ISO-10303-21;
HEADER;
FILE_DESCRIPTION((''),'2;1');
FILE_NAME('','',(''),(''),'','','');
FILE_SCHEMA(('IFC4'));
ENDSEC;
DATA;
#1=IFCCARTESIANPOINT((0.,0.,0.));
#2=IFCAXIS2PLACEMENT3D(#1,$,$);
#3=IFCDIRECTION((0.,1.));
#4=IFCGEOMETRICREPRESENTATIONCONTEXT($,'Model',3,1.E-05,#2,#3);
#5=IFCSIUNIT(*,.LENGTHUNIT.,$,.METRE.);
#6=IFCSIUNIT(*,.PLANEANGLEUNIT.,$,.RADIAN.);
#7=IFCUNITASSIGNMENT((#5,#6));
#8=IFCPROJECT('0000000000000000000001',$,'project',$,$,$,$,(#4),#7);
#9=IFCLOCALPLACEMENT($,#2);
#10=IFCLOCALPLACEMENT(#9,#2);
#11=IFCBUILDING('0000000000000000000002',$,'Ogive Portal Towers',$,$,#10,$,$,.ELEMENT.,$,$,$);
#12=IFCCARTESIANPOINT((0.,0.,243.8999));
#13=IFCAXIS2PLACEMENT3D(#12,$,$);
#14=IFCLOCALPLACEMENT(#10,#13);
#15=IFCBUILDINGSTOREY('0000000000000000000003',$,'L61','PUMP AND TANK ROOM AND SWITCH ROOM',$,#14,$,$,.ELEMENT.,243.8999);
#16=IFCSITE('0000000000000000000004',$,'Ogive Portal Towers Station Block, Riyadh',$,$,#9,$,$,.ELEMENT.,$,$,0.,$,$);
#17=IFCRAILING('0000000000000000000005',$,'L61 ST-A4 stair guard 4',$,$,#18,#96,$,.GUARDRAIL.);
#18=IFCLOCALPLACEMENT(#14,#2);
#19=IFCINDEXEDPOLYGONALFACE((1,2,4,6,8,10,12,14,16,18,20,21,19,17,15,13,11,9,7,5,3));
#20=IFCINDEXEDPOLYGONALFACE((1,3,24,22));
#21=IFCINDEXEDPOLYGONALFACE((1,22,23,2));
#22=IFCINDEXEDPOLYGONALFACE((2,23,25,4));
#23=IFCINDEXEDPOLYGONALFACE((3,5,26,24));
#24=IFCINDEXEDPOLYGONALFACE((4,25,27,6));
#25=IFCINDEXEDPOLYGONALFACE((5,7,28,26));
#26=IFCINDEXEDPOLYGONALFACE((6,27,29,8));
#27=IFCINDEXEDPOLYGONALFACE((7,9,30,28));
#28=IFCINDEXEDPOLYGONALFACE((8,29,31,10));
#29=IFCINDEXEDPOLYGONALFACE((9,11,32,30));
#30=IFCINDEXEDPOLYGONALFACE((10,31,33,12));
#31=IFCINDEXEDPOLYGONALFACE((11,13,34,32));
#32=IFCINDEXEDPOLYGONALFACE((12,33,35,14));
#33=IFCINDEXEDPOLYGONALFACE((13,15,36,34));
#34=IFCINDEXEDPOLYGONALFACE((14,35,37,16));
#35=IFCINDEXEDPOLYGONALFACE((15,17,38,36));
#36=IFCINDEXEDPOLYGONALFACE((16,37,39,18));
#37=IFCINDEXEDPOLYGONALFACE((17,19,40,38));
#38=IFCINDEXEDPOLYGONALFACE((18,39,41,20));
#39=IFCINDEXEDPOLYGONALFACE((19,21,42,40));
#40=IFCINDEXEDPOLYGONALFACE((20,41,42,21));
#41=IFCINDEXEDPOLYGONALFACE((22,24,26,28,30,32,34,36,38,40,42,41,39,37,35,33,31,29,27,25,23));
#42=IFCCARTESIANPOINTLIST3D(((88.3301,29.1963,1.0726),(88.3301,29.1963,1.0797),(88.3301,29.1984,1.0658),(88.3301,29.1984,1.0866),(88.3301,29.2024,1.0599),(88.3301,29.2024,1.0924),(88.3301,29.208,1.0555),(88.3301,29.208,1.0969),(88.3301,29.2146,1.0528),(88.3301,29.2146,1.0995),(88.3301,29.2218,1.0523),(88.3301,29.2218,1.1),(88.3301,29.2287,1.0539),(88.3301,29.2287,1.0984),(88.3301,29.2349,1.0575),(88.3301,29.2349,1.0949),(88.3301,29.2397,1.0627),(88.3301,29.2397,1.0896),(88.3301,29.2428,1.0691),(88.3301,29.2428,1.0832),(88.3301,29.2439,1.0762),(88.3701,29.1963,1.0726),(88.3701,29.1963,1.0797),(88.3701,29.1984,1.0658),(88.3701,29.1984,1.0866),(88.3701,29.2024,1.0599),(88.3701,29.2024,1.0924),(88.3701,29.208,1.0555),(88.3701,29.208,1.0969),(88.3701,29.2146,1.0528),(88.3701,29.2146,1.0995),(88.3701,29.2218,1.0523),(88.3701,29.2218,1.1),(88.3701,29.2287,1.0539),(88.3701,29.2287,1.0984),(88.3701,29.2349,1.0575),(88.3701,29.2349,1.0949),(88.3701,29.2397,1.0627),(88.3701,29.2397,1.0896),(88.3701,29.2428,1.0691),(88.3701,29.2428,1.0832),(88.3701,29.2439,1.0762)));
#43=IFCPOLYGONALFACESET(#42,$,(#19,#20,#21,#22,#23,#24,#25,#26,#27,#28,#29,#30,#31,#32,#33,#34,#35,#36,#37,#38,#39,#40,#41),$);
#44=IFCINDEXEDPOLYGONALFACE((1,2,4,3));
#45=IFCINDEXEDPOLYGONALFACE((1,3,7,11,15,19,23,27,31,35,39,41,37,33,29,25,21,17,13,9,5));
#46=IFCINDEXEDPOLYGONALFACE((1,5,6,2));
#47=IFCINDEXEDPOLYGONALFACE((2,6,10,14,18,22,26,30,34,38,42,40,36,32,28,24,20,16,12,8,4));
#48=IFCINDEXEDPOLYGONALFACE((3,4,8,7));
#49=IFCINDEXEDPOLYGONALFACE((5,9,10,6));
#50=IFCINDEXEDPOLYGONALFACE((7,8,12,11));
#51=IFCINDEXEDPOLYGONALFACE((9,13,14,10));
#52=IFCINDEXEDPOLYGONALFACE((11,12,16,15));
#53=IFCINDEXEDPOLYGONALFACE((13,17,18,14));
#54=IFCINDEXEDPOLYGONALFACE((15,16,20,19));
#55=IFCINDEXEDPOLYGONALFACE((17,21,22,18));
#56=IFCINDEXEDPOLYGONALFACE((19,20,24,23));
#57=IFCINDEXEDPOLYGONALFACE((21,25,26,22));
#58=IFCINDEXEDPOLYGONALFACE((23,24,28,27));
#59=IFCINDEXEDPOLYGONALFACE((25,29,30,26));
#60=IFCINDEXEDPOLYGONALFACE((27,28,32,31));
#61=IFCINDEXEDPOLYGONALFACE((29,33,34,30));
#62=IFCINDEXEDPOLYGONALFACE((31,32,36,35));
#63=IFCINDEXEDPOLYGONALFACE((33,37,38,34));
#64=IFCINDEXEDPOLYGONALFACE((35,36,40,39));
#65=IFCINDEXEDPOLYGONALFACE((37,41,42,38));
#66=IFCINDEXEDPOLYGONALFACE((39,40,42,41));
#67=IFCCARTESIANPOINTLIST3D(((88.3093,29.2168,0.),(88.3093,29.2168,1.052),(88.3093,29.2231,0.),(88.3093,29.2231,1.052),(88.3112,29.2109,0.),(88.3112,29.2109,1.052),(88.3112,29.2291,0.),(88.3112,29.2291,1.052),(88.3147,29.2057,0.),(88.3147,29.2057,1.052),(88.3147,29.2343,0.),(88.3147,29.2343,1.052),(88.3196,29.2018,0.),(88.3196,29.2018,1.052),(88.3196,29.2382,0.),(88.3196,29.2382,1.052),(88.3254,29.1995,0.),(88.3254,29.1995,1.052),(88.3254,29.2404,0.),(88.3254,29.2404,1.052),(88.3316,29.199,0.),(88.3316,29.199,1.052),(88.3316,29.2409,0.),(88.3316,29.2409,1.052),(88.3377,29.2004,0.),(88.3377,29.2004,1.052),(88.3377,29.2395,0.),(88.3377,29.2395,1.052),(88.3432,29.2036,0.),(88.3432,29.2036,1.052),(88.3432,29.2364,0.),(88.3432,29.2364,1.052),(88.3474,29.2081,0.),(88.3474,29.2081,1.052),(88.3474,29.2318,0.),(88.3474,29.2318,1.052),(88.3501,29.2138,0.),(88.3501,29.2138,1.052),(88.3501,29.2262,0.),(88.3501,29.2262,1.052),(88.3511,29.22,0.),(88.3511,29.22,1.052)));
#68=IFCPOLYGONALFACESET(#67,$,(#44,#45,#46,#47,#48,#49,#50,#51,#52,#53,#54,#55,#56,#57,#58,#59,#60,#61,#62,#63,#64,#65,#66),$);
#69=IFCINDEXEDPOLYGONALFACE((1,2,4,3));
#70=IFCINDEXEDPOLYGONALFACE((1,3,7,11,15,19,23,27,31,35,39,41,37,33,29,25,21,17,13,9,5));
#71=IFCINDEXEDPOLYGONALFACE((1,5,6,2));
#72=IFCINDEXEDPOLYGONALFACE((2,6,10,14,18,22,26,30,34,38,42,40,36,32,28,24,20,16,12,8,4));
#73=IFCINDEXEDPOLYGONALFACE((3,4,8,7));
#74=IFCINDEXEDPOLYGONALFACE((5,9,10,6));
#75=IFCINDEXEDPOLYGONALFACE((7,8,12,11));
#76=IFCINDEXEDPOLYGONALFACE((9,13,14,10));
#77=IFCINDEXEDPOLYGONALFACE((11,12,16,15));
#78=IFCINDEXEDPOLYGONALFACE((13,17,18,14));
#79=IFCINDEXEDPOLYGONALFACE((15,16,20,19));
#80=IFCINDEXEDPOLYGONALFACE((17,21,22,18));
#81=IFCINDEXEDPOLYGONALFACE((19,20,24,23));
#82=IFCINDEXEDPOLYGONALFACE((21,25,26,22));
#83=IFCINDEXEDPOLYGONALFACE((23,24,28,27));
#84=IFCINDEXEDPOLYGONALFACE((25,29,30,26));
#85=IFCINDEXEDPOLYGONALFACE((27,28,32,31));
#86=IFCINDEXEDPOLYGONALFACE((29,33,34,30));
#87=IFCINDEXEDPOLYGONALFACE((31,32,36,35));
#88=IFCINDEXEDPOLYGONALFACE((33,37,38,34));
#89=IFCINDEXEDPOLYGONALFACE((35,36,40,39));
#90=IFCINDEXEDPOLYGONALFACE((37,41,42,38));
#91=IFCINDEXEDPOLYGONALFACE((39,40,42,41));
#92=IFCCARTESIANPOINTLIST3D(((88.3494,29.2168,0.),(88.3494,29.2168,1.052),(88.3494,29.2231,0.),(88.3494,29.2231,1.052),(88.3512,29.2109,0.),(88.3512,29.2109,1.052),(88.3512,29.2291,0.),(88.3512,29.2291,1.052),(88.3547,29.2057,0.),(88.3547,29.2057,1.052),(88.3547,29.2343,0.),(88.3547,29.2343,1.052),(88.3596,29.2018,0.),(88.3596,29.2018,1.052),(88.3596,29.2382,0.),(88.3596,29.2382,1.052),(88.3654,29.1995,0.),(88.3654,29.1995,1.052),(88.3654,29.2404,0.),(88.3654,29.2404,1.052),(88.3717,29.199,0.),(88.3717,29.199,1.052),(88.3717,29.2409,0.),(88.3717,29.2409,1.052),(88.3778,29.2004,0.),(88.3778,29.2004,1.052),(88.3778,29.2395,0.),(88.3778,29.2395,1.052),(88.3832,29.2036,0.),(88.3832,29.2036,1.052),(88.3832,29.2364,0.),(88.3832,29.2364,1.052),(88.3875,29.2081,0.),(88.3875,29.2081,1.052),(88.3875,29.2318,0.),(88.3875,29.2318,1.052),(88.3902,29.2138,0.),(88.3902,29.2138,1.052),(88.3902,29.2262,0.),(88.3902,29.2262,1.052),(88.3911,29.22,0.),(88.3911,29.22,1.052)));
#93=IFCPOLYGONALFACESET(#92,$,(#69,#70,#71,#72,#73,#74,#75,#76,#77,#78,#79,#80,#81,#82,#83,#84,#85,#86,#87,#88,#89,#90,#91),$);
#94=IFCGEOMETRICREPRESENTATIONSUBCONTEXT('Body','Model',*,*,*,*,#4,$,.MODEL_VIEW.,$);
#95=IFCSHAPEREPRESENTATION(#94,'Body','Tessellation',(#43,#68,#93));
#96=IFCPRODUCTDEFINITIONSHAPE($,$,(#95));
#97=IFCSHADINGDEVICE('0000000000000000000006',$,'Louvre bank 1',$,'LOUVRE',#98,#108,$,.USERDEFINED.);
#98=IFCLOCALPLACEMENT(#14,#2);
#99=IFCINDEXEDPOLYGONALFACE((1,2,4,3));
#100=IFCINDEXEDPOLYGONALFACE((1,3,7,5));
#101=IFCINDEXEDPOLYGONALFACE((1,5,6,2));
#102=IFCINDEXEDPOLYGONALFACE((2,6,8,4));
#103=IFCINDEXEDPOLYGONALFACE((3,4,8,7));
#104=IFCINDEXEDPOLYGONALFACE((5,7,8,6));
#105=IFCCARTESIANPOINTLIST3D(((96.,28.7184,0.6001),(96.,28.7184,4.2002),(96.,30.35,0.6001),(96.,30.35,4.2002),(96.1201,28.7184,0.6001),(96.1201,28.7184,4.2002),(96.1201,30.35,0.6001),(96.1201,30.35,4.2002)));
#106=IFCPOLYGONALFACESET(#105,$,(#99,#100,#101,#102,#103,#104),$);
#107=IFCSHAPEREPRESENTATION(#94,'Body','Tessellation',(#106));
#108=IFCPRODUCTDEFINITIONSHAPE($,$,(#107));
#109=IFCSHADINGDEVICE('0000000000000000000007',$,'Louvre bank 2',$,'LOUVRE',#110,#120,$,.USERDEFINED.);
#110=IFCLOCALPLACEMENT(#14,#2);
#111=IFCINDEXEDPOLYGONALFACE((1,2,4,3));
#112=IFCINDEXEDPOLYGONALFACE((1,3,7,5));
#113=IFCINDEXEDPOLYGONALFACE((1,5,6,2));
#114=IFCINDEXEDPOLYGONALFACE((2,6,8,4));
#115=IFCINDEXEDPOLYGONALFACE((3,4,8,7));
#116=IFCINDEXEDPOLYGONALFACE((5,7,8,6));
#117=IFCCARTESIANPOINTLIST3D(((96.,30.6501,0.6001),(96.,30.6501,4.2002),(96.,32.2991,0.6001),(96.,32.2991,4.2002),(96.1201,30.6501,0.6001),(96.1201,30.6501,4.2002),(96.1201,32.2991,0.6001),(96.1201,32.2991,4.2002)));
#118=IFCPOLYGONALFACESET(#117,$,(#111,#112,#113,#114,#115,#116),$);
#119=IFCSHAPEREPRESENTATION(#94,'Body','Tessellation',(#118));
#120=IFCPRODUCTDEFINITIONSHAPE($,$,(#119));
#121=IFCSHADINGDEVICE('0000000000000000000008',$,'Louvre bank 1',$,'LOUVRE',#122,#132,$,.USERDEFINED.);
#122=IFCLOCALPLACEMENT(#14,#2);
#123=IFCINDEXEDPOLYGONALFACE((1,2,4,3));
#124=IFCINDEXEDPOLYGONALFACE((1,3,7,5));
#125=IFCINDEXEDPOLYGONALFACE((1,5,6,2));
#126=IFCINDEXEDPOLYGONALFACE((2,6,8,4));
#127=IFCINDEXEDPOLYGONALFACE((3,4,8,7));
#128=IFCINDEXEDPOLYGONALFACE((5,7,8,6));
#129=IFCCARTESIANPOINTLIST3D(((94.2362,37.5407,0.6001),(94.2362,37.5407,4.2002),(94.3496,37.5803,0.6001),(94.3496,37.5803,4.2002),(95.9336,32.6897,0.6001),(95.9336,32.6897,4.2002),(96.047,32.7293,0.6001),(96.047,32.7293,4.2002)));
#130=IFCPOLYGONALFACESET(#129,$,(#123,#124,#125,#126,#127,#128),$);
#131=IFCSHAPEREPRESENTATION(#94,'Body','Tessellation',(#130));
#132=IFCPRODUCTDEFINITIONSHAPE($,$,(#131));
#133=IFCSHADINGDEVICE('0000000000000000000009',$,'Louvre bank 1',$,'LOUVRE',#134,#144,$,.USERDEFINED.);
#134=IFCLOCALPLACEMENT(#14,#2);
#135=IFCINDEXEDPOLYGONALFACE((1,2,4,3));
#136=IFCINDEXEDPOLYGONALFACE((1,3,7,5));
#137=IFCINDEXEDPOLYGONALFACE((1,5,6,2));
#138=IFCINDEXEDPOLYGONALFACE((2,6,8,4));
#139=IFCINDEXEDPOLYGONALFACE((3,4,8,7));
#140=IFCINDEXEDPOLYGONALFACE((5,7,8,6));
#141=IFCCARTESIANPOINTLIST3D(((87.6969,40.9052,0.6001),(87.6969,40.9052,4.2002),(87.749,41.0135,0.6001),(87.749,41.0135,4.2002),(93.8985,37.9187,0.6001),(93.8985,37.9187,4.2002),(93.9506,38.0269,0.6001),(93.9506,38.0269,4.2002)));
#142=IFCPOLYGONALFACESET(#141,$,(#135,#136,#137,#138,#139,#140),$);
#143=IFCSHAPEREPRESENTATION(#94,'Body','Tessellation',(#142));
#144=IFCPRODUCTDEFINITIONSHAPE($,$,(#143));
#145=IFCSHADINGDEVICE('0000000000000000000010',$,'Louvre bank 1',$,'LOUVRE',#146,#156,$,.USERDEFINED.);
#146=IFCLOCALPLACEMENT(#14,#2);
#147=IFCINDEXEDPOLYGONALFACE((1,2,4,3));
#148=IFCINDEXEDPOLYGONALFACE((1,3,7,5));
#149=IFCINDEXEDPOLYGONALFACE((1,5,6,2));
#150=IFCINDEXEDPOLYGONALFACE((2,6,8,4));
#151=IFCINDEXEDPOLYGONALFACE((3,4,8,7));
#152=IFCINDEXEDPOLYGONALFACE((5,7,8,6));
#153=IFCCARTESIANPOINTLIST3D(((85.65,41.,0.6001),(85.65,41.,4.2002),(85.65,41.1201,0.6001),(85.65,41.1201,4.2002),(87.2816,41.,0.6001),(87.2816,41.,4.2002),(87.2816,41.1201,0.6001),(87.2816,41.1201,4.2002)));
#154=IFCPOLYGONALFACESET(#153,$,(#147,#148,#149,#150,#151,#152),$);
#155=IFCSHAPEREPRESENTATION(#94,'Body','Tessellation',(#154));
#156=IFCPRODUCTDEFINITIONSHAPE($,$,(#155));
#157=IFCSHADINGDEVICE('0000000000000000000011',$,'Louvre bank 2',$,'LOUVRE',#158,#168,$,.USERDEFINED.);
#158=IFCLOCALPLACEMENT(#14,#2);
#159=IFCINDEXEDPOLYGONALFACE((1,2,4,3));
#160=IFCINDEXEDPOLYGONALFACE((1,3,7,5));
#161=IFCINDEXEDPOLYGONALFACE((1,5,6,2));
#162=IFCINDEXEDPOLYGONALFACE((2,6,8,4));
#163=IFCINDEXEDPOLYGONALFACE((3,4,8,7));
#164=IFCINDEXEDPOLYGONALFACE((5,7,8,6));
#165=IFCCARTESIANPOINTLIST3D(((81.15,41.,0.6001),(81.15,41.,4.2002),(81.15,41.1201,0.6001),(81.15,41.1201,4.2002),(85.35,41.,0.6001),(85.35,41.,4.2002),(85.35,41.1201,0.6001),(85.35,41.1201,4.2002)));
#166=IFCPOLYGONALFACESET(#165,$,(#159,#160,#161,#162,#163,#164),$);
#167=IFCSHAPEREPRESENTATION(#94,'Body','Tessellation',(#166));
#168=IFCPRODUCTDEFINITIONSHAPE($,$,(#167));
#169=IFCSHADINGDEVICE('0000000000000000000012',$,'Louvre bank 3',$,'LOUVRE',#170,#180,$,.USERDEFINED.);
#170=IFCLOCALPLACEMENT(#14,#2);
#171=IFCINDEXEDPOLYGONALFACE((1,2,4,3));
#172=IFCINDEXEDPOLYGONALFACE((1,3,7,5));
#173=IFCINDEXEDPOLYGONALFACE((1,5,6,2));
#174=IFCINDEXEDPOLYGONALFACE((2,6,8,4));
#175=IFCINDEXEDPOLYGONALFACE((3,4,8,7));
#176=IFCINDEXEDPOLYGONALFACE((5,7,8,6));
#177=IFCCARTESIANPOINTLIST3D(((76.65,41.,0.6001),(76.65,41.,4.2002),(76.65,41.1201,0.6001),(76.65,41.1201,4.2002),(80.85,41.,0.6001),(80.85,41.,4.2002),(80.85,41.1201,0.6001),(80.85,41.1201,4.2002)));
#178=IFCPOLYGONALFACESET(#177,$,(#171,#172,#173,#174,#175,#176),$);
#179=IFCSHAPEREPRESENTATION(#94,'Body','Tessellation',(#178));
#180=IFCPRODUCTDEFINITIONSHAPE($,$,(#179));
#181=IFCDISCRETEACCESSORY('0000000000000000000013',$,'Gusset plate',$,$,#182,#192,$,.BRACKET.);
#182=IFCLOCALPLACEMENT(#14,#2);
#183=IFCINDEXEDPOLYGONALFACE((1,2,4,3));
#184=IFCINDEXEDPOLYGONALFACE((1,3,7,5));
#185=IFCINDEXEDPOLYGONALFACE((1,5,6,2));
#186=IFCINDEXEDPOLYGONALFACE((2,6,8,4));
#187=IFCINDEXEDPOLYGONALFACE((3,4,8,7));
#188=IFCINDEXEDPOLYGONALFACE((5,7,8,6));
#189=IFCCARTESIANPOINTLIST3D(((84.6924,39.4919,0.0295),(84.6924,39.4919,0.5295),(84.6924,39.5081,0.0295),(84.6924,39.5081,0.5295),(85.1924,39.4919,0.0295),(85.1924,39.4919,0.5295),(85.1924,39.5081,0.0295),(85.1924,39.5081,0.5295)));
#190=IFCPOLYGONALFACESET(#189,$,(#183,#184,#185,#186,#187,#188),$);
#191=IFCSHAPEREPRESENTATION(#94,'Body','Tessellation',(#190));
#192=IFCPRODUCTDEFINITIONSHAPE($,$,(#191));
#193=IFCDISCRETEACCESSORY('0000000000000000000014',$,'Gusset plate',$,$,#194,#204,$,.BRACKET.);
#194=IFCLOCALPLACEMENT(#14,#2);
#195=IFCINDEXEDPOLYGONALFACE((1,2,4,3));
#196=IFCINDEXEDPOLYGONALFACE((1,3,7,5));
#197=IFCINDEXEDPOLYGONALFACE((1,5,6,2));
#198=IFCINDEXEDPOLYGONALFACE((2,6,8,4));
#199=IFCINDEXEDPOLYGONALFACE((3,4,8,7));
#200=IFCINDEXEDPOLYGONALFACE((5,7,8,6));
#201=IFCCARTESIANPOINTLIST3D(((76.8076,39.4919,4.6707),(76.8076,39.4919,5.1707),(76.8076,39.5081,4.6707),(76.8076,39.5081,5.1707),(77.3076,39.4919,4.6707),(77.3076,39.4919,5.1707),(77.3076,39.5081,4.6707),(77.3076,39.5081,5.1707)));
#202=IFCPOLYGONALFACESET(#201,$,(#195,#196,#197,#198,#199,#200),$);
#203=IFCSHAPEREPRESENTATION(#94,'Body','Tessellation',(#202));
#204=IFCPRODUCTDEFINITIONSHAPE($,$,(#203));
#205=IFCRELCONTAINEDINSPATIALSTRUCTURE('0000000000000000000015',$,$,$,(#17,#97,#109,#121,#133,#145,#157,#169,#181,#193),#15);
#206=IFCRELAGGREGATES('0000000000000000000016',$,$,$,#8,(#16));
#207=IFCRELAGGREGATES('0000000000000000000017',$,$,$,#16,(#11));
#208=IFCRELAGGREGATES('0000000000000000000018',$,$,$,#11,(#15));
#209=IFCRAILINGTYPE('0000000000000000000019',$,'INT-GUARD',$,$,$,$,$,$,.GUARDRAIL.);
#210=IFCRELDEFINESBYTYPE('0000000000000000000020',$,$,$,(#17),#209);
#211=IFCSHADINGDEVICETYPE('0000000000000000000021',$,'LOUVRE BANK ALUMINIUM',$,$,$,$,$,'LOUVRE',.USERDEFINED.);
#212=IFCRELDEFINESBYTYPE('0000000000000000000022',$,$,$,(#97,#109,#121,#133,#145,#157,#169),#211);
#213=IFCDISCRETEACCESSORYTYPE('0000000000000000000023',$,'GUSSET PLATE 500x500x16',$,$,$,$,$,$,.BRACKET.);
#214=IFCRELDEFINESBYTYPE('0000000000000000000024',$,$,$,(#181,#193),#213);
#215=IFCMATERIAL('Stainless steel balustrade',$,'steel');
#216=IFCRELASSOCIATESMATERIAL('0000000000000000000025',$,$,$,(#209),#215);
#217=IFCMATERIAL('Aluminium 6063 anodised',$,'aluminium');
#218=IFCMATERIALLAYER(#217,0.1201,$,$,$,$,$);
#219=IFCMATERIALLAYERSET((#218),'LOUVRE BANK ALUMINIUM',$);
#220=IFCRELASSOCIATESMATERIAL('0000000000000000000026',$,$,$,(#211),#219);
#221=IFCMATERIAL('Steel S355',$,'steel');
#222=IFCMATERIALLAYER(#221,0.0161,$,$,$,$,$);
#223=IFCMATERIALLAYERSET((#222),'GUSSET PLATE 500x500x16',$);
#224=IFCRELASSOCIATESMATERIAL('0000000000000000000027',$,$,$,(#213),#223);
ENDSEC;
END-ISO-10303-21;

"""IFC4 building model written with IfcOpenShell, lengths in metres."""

from ifc_helpers import new_model, si_unit, direction, frame, origin, origin_2d, place, context, subcontext, project, spatial, rectangle, circle, extrude, material, layer, layer_set, type_object, element, save


model = new_model("IFC4")

# Units and contexts
model_context = context("Model", 3, precision=1e-05, world=origin(), true_north=direction((0.0, 1.0)))
body_context = subcontext(model_context, "Body", "Model", "MODEL_VIEW")
ifc_project = project(units=[si_unit("LENGTHUNIT", "METRE"), si_unit("PLANEANGLEUNIT", "RADIAN")], contexts=[model_context])

# Site, building, storey
site_placement = place(None, origin())
site = spatial("IfcSite", under=ifc_project, at=site_placement, Name="Ogive Portal Towers Station Block, Riyadh", CompositionType="ELEMENT", RefElevation=0.0)
building_placement = place(site_placement, origin())
building = spatial("IfcBuilding", under=site, at=building_placement, Name="Ogive Portal Towers", CompositionType="ELEMENT")
storey_placement = place(building_placement, frame((0.0, 0.0, 243.8999)))
storey = spatial("IfcBuildingStorey", under=building, at=storey_placement, Name="L61", Description="PUMP AND TANK ROOM AND SWITCH ROOM", CompositionType="ELEMENT", Elevation=243.8999)

# Shared definitions
ifc_material_1 = material(Name="Steel S355", Category="steel")

# Railing
ifc_material_2 = material(Name="Stainless steel balustrade", Category="steel")
railing_type = type_object("IfcRailingType", Name="INT-GUARD", PredefinedType="GUARDRAIL", material=ifc_material_2)
railing_placement = place(storey_placement, frame((88.3301, 29.22, 0.0)))
element("IfcRailing", 1, at=railing_placement, inside=storey, type_object=railing_type, Name="L61 ST-A4 stair guard 4", PredefinedType="GUARDRAIL", context=body_context, shape_type="SweptSolid", body=[
    extrude(circle(Radius=0.0239, at=origin_2d()), frame((0.0, 0.0, 1.0762), z_axis=(1.0, 0.0, 0.0), x_axis=(0.0, 1.0, 0.0)), (0.0, 0.0, 1.0), 0.04),
    extrude(circle(Radius=0.021, at=origin_2d()), origin(), (0.0, 0.0, 1.0), 1.052),
    extrude(circle(Radius=0.021, at=origin_2d()), frame((0.04, 0.0, 0.0)), (0.0, 0.0, 1.0), 1.052),
])

# Shading devices
ifc_material_3 = material(Name="Aluminium 6063 anodised", Category="aluminium")
ifc_layer_1 = layer(ifc_material_3, 0.1201)
ifc_layer_set_1 = layer_set([ifc_layer_1], Name="LOUVRE BANK ALUMINIUM")
shading_device_type = type_object("IfcShadingDeviceType", Name="LOUVRE BANK ALUMINIUM", ElementType="LOUVRE", PredefinedType="USERDEFINED", material=ifc_layer_set_1)
shading_device_1_placement = place(storey_placement, frame((96.0601, 29.5342, 0.6001), z_axis=(0.0, 0.0, 1.0), x_axis=(0.0, 1.0, 0.0)))
element("IfcShadingDevice", 2, at=shading_device_1_placement, inside=storey, type_object=shading_device_type, Name="Louvre bank 1", ObjectType="LOUVRE", PredefinedType="USERDEFINED", context=body_context, shape_type="SweptSolid", body=[
    extrude(rectangle(XDim=1.6316, YDim=0.1201, at=origin_2d()), origin(), (0.0, 0.0, 1.0), 3.6001),
])
shading_device_2_placement = place(storey_placement, frame((96.0601, 31.4746, 0.6001), z_axis=(0.0, 0.0, 1.0), x_axis=(0.0, 1.0, 0.0)))
element("IfcShadingDevice", 3, at=shading_device_2_placement, inside=storey, type_object=shading_device_type, Name="Louvre bank 2", ObjectType="LOUVRE", PredefinedType="USERDEFINED", context=body_context, shape_type="SweptSolid", body=[
    extrude(rectangle(XDim=1.6489, YDim=0.1201, at=origin_2d()), origin(), (0.0, 0.0, 1.0), 3.6001),
])
shading_device_3_placement = place(storey_placement, frame((95.1416, 35.135, 0.6001), z_axis=(0.0, 0.0, 1.0), x_axis=(-0.330279, 0.943883, 0.0)))
element("IfcShadingDevice", 4, at=shading_device_3_placement, inside=storey, type_object=shading_device_type, Name="Louvre bank 1", ObjectType="LOUVRE", PredefinedType="USERDEFINED", context=body_context, shape_type="SweptSolid", body=[
    extrude(rectangle(XDim=5.1394, YDim=0.1201, at=origin_2d()), origin(), (0.0, 0.0, 1.0), 3.6001),
])
shading_device_4_placement = place(storey_placement, frame((90.8237, 39.4661, 0.6001), z_axis=(0.0, 0.0, 1.0), x_axis=(-0.900969, 0.433884, 0.0)))
element("IfcShadingDevice", 5, at=shading_device_4_placement, inside=storey, type_object=shading_device_type, Name="Louvre bank 1", ObjectType="LOUVRE", PredefinedType="USERDEFINED", context=body_context, shape_type="SweptSolid", body=[
    extrude(rectangle(XDim=6.8833, YDim=0.1201, at=origin_2d()), origin(), (0.0, 0.0, 1.0), 3.6001),
])
shading_device_5_placement = place(storey_placement, frame((86.4658, 41.0601, 0.6001), z_axis=(0.0, 0.0, 1.0), x_axis=(-1.0, 0.0, 0.0)))
element("IfcShadingDevice", 6, at=shading_device_5_placement, inside=storey, type_object=shading_device_type, Name="Louvre bank 1", ObjectType="LOUVRE", PredefinedType="USERDEFINED", context=body_context, shape_type="SweptSolid", body=[
    extrude(rectangle(XDim=1.6316, YDim=0.1201, at=origin_2d()), origin(), (0.0, 0.0, 1.0), 3.6001),
])
for number, where, z_axis, x_axis, name in (
    (7, (83.25, 41.0601, 0.6001), (0.0, 0.0, 1.0), (-1.0, 0.0, 0.0), "Louvre bank 2"),
    (8, (78.75, 41.0601, 0.6001), (0.0, 0.0, 1.0), (-1.0, 0.0, 0.0), "Louvre bank 3"),
):
    element("IfcShadingDevice", number, at=place(storey_placement, frame(where, z_axis=z_axis, x_axis=x_axis)), inside=storey, type_object=shading_device_type, Name=name, ObjectType="LOUVRE", PredefinedType="USERDEFINED", context=body_context, shape_type="SweptSolid", body=[
        extrude(rectangle(XDim=4.2, YDim=0.1201, at=origin_2d()), origin(), (0.0, 0.0, 1.0), 3.6001),
    ])

# Discrete accessories
ifc_layer_2 = layer(ifc_material_1, 0.0161)
ifc_layer_set_2 = layer_set([ifc_layer_2], Name="GUSSET PLATE 500x500x16")
discrete_accessory_type = type_object("IfcDiscreteAccessoryType", Name="GUSSET PLATE 500x500x16", PredefinedType="BRACKET", material=ifc_layer_set_2)
for number, where, z_axis, x_axis, name in (
    (9, (84.9424, 39.5, 0.0295), (0.0, 0.0, 1.0), (-1.0, 0.0, 0.0), "Gusset plate"),
    (10, (77.0576, 39.5, 4.6707), (0.0, 0.0, 1.0), (-1.0, 0.0, 0.0), "Gusset plate"),
):
    element("IfcDiscreteAccessory", number, at=place(storey_placement, frame(where, z_axis=z_axis, x_axis=x_axis)), inside=storey, type_object=discrete_accessory_type, Name=name, PredefinedType="BRACKET", context=body_context, shape_type="SweptSolid", body=[
        extrude(rectangle(XDim=0.5, YDim=0.0161, at=origin_2d()), origin(), (0.0, 0.0, 1.0), 0.5),
    ])

save(model, "model.ifc")
